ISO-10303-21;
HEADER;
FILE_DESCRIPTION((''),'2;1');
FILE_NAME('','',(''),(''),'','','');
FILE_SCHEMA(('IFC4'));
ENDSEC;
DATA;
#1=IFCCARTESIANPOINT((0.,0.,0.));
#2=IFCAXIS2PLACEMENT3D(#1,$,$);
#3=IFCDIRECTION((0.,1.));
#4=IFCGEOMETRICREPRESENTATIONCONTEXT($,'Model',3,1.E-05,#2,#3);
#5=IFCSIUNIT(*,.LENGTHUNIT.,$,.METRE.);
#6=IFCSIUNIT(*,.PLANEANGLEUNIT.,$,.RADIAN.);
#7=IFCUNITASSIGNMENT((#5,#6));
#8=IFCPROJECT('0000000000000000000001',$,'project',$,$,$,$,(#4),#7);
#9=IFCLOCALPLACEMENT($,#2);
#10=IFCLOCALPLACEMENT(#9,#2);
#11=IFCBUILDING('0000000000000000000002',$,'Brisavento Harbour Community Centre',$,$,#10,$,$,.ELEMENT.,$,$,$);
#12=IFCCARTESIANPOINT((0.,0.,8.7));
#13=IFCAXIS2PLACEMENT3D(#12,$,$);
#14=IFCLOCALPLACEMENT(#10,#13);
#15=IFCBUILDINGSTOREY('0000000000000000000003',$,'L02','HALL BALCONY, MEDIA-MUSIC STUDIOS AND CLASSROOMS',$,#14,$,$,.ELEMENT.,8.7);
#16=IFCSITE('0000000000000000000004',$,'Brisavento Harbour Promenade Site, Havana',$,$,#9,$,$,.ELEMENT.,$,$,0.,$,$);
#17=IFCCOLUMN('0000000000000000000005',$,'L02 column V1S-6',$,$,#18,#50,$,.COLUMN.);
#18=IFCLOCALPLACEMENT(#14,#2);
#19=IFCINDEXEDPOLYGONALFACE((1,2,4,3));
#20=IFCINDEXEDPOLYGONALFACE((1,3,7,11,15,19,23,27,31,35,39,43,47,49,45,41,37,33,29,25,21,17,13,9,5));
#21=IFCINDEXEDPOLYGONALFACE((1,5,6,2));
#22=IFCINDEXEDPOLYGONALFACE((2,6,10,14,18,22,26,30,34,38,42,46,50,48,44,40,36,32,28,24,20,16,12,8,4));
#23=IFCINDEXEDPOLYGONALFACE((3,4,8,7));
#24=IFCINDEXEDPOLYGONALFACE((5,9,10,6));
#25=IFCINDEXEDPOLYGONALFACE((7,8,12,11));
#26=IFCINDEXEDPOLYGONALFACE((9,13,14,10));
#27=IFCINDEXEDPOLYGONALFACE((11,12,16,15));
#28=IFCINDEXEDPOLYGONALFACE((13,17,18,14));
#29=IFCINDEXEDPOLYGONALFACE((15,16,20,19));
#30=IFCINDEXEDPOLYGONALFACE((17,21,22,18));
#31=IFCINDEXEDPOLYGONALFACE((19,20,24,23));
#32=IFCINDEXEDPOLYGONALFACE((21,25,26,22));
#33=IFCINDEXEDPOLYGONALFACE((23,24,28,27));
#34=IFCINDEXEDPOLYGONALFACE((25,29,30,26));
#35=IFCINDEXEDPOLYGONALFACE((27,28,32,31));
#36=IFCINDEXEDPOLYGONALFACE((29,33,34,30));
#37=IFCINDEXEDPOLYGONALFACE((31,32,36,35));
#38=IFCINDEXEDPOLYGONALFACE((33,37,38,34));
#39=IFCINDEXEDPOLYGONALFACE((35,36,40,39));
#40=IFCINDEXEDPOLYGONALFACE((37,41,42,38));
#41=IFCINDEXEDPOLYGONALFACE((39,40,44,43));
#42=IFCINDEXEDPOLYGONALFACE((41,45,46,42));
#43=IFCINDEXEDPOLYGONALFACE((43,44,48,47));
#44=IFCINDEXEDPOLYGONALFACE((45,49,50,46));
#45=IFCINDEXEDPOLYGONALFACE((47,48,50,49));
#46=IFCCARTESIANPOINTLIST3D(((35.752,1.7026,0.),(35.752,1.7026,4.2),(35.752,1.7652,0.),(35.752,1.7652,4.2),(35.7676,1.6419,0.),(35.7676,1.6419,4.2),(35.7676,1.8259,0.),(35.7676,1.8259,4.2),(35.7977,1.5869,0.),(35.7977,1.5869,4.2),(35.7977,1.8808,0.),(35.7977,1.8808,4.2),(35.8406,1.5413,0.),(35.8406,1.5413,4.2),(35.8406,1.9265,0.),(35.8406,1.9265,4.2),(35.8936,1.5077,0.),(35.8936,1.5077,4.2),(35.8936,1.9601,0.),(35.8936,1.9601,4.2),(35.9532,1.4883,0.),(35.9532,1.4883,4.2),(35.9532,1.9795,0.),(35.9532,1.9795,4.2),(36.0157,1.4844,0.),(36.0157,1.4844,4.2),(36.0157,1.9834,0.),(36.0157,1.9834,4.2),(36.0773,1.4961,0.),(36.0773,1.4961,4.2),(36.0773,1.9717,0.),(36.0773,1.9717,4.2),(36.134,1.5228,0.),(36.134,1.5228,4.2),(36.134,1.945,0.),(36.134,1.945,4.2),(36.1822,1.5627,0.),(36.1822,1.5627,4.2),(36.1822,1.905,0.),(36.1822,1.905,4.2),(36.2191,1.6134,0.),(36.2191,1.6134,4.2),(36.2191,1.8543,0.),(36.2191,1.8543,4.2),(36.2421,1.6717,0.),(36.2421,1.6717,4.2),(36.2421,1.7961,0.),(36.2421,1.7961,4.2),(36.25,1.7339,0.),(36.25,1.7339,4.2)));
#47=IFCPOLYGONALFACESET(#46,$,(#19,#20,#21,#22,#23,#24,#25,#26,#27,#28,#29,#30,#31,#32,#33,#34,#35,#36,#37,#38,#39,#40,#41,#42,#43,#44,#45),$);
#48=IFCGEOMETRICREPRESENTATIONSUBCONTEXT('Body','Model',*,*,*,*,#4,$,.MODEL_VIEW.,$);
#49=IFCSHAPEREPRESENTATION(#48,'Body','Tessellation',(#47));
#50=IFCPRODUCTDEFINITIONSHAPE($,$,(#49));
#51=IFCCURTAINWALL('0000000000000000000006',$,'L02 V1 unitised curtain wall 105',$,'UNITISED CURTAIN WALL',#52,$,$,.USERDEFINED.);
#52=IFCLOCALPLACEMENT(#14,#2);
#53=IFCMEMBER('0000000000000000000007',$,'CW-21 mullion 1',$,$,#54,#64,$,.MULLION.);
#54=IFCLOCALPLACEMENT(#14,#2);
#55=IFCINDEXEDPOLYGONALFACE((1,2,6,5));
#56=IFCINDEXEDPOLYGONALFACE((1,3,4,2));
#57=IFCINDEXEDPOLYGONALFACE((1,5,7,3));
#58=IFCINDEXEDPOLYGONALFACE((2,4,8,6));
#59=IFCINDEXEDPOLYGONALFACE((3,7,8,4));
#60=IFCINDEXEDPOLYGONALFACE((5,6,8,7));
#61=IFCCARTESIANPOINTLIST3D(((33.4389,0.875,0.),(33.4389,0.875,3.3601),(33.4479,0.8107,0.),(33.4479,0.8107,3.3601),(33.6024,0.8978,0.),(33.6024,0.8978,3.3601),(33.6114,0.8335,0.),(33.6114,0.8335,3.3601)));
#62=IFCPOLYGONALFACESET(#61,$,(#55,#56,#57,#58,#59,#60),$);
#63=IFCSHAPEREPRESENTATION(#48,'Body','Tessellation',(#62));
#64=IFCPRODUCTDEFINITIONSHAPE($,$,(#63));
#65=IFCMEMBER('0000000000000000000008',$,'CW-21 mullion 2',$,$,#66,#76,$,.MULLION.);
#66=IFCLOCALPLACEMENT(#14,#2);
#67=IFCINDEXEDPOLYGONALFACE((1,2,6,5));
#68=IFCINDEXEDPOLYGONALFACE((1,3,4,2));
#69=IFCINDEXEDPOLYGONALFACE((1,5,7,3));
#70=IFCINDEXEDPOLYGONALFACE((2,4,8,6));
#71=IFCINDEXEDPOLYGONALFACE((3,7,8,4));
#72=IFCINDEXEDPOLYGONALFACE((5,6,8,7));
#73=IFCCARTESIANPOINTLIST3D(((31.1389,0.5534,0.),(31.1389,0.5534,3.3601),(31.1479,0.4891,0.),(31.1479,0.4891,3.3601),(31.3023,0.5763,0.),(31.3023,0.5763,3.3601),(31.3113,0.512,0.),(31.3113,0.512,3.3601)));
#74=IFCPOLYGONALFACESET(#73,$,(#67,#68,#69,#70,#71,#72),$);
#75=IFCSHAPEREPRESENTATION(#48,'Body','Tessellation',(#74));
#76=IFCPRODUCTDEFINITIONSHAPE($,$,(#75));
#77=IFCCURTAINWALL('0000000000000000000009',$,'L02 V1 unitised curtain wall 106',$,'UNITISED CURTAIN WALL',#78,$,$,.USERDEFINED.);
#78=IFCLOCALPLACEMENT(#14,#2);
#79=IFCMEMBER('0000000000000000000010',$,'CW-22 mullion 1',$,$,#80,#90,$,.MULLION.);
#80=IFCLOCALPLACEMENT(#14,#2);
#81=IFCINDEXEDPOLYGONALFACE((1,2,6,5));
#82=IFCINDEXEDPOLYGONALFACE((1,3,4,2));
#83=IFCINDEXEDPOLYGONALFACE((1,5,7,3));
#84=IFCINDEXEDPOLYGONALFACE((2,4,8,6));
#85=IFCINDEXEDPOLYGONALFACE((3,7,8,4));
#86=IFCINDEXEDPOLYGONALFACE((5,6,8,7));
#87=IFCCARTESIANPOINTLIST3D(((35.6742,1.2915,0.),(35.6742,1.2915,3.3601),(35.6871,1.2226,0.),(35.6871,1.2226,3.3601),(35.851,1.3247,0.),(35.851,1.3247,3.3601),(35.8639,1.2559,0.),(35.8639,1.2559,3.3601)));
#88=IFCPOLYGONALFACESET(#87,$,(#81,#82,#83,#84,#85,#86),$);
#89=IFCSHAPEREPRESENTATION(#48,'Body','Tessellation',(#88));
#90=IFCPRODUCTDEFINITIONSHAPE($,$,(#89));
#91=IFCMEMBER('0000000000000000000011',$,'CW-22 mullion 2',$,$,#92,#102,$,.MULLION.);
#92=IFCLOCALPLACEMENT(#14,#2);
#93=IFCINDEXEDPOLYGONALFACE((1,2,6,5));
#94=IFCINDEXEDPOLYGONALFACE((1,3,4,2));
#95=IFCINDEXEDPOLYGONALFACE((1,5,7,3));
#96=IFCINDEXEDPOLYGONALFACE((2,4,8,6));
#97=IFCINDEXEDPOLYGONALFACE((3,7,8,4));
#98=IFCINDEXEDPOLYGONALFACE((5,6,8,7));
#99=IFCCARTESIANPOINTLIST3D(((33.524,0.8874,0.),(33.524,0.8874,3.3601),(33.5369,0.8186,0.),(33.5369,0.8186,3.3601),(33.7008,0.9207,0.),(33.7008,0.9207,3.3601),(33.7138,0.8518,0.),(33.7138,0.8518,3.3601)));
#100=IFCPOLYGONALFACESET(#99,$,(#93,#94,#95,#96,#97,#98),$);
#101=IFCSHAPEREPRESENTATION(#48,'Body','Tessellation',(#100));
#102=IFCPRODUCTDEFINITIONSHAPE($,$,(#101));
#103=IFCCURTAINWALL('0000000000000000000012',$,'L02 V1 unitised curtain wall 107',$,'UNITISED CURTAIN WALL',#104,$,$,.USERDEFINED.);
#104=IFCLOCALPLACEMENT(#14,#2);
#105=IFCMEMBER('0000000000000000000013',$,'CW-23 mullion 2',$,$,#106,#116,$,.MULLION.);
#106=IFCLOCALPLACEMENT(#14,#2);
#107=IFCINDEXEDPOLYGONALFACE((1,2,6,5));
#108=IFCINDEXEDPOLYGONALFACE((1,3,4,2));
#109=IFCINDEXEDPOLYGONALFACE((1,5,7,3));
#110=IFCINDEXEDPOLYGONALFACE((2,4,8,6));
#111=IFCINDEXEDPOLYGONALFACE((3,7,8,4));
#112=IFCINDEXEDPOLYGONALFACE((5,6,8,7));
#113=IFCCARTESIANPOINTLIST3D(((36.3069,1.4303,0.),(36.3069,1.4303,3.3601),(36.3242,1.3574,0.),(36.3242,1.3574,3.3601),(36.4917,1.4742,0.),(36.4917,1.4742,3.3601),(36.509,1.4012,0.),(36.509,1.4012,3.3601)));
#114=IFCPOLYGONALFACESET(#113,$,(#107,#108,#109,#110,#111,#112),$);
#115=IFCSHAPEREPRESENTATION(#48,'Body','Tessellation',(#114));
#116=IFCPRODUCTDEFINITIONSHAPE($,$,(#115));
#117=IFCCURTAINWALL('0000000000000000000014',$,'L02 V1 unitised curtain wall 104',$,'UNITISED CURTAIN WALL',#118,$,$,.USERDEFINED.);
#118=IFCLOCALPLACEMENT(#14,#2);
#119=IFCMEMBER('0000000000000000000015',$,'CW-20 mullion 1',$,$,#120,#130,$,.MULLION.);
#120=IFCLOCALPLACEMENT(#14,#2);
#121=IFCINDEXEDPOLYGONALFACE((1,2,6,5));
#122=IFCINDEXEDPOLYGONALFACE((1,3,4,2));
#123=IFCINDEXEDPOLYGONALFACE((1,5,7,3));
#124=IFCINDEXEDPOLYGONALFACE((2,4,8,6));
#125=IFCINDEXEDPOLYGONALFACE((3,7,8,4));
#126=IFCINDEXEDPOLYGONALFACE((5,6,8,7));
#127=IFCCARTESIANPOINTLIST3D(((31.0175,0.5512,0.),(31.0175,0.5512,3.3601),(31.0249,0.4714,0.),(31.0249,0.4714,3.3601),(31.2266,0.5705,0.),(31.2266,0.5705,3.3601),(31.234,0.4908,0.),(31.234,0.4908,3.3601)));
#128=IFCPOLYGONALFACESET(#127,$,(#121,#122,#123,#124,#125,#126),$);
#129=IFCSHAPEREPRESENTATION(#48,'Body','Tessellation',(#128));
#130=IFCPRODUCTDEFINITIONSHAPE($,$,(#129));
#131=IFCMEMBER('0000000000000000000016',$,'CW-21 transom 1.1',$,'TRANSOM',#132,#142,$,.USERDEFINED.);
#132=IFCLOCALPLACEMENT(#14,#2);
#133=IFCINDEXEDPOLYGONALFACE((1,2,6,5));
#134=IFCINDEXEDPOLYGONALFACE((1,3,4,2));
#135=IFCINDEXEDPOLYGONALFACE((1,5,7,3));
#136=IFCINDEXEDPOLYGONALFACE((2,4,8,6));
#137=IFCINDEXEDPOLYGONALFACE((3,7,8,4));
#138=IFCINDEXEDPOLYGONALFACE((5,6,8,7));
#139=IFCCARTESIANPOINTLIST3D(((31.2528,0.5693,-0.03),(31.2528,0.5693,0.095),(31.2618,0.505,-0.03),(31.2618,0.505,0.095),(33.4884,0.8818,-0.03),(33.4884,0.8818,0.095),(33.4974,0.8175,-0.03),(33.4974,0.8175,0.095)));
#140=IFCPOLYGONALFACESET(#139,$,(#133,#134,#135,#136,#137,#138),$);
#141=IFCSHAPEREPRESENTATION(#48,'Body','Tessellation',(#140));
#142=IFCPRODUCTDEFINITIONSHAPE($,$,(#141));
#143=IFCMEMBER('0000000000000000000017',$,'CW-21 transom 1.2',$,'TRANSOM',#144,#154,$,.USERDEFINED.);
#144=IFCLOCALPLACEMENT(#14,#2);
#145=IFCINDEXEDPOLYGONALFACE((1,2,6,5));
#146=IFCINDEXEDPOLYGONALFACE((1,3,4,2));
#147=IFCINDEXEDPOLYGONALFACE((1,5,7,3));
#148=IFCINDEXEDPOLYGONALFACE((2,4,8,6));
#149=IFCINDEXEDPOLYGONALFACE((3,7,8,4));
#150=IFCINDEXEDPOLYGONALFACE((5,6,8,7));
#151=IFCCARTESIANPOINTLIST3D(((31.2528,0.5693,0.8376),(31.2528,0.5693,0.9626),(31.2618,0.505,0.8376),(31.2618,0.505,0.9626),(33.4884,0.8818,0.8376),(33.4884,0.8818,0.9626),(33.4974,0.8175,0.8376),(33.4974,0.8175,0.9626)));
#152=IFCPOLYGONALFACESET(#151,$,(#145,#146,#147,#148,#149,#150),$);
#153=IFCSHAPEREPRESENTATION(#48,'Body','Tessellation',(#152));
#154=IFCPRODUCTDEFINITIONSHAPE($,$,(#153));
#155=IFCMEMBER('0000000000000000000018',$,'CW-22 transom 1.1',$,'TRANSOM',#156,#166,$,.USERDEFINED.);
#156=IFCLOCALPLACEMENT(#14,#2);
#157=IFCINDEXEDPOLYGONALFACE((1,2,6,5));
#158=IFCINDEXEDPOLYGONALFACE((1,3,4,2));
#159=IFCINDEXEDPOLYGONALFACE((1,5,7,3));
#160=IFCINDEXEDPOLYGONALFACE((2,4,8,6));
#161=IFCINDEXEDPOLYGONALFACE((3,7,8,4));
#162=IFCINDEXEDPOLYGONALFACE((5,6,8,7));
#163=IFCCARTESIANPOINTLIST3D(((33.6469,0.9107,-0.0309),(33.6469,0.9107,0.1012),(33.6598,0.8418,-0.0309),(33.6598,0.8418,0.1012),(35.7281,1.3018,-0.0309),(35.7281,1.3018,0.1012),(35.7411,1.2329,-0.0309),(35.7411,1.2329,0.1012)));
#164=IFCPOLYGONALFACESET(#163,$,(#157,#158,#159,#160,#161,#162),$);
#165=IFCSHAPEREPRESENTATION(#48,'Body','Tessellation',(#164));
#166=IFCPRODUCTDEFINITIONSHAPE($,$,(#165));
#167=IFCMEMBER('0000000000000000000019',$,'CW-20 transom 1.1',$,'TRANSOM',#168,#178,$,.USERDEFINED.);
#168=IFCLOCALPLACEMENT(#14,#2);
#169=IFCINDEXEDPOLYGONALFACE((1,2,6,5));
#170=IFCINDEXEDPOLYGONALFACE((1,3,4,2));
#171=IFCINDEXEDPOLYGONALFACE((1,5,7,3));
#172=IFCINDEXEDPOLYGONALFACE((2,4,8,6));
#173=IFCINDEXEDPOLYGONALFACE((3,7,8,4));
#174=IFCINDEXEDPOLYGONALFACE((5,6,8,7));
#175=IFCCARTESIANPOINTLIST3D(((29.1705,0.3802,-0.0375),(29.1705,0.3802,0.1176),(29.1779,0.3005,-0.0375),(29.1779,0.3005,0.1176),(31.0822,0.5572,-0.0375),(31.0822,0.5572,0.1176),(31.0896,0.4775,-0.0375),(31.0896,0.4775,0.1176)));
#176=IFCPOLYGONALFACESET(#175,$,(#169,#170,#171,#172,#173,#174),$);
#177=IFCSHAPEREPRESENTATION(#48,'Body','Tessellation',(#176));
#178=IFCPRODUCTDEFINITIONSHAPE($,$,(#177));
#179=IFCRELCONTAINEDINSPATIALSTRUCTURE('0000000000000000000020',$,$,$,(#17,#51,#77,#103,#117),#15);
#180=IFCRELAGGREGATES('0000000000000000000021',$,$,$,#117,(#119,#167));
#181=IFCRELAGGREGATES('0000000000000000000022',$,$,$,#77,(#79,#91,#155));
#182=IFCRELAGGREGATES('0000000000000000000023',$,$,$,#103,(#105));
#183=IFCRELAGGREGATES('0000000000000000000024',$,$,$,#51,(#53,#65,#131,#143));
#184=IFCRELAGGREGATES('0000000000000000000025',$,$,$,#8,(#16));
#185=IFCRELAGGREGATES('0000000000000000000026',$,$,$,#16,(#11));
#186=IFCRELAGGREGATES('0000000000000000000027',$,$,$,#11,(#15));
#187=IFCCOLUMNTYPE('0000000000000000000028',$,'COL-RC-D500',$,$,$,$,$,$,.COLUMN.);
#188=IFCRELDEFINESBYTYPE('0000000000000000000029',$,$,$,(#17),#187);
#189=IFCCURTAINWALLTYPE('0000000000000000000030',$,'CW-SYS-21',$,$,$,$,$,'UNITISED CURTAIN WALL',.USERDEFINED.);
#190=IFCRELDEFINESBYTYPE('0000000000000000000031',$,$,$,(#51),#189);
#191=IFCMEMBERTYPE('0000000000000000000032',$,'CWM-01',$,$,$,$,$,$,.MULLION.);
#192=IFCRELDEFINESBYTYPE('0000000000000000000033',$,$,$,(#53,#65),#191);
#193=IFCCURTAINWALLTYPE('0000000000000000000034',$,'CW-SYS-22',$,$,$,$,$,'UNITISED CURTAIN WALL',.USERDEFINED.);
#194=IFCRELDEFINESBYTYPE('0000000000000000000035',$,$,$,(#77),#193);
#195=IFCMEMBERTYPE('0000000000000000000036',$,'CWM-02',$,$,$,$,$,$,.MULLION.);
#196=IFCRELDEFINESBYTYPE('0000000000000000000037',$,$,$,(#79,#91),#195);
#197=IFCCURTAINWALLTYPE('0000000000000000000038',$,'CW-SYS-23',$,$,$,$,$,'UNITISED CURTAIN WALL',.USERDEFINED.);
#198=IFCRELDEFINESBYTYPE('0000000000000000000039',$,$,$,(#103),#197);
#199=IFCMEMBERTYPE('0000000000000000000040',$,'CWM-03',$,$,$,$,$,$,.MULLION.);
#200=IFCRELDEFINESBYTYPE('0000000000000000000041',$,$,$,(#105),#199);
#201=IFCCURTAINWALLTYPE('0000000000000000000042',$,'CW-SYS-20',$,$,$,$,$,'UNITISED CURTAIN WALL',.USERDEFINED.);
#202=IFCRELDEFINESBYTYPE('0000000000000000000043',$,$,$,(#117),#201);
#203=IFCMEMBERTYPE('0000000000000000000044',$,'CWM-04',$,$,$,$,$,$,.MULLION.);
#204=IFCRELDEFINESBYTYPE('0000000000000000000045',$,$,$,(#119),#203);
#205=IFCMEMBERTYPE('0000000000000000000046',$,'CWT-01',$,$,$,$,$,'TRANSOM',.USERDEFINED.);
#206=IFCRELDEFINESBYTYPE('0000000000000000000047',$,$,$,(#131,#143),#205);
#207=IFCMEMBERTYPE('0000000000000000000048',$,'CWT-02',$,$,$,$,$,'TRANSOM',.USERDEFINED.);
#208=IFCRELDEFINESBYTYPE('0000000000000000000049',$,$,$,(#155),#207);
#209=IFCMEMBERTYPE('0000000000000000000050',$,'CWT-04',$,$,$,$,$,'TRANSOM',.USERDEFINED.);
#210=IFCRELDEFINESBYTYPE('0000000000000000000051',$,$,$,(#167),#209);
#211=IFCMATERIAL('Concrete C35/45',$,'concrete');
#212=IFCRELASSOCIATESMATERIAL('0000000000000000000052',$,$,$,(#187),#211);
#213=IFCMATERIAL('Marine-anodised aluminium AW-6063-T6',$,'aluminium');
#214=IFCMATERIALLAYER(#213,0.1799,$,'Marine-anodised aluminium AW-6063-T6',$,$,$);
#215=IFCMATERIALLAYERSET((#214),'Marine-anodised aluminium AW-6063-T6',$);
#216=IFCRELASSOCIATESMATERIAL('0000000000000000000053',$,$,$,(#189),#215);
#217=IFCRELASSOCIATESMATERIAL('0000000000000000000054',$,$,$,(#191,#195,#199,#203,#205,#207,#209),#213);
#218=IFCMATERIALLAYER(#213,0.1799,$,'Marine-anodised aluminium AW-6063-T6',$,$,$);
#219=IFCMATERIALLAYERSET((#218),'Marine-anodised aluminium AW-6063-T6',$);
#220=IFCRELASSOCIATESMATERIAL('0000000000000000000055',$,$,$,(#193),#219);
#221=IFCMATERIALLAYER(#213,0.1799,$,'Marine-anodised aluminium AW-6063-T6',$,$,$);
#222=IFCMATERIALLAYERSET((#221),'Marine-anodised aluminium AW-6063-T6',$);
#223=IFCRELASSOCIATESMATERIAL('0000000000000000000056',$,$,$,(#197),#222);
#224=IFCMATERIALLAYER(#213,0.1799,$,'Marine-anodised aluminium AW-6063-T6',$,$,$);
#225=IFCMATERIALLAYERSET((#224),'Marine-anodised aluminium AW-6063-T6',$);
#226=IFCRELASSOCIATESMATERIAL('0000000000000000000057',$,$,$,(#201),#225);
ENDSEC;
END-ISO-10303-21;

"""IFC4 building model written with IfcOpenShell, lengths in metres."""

from ifc_helpers import new_model, si_unit, direction, frame, origin, origin_2d, place, context, subcontext, project, spatial, rectangle, circle, extrude, material, layer, layer_set, material_profile, profile_set, type_object, element, aggregate, save


model = new_model("IFC4")

# Units and contexts
model_context = context("Model", 3, precision=1e-05, world=origin(), true_north=direction((0.0, 1.0)))
body_context = subcontext(model_context, "Body", "Model", "MODEL_VIEW")
ifc_project = project(units=[si_unit("LENGTHUNIT", "METRE"), si_unit("PLANEANGLEUNIT", "RADIAN")], contexts=[model_context])

# Site, building, storey
site_placement = place(None, origin())
site = spatial("IfcSite", under=ifc_project, at=site_placement, Name="Brisavento Harbour Promenade Site, Havana", CompositionType="ELEMENT", RefElevation=0.0)
building_placement = place(site_placement, origin())
building = spatial("IfcBuilding", under=site, at=building_placement, Name="Brisavento Harbour Community Centre", CompositionType="ELEMENT")
storey_placement = place(building_placement, frame((0.0, 0.0, 8.7)))
storey = spatial("IfcBuildingStorey", under=building, at=storey_placement, Name="L02", Description="HALL BALCONY, MEDIA-MUSIC STUDIOS AND CLASSROOMS", CompositionType="ELEMENT", Elevation=8.7)

# Column
ifc_material_1 = material(Name="Concrete C35/45", Category="concrete")
ifc_material_profile_1 = material_profile(ifc_material_1, circle(Radius=0.25, at=origin_2d()), Name="Concrete C35/45")
ifc_profile_set_1 = profile_set([ifc_material_profile_1], Name="Concrete C35/45")
column_type = type_object("IfcColumnType", Name="COL-RC-D500", PredefinedType="COLUMN", material=ifc_profile_set_1)
column_placement = place(storey_placement, frame((36.0, 1.7339, 0.0), z_axis=(0.0, 0.0, 1.0), x_axis=(1.0, 0.0, 0.0)))
element("IfcColumn", 1, at=column_placement, inside=storey, type_object=column_type, Name="L02 column V1S-6", PredefinedType="COLUMN", context=body_context, shape_type="SweptSolid", body=[
    extrude(circle(Radius=0.25, at=origin_2d()), origin(), (0.0, 0.0, 1.0), 4.2),
])

# Curtain walls, members
ifc_material_2 = material(Name="Marine-anodised aluminium AW-6063-T6", Category="aluminium")
ifc_layer_1 = layer(ifc_material_2, 0.1799, Name="Marine-anodised aluminium AW-6063-T6")
ifc_layer_set_1 = layer_set([ifc_layer_1], Name="Marine-anodised aluminium AW-6063-T6")
curtain_wall_type_1 = type_object("IfcCurtainWallType", Name="CW-SYS-21", ElementType="UNITISED CURTAIN WALL", PredefinedType="USERDEFINED", material=ifc_layer_set_1)
curtain_wall_1_placement = place(storey_placement, origin())
curtain_wall_1 = element("IfcCurtainWall", 2, at=curtain_wall_1_placement, inside=storey, type_object=curtain_wall_type_1, Name="L02 V1 unitised curtain wall 105", ObjectType="UNITISED CURTAIN WALL", PredefinedType="USERDEFINED")
ifc_material_profile_2 = material_profile(ifc_material_2, rectangle(XDim=0.0649, YDim=0.165, at=origin_2d()), Name="Marine-anodised aluminium AW-6063-T6")
ifc_profile_set_2 = profile_set([ifc_material_profile_2], Name="Marine-anodised aluminium AW-6063-T6")
member_type_1 = type_object("IfcMemberType", Name="CWM-01", PredefinedType="MULLION", material=ifc_profile_set_2)
member_1_placement = place(storey_placement, frame((33.5251, 0.8542, 0.0), z_axis=(0.0, 0.0, 1.0), x_axis=(0.138477, -0.990366, 0.0)))
member_1 = element("IfcMember", 3, at=member_1_placement, type_object=member_type_1, Name="CW-21 mullion 1", PredefinedType="MULLION", context=body_context, shape_type="SweptSolid", body=[
    extrude(rectangle(XDim=0.0649, YDim=0.165, at=origin_2d()), origin(), (0.0, 0.0, 1.0), 3.3601),
])
member_2_placement = place(storey_placement, frame((31.2251, 0.5327, 0.0), z_axis=(0.0, 0.0, 1.0), x_axis=(0.138477, -0.990366, 0.0)))
member_2 = element("IfcMember", 4, at=member_2_placement, type_object=member_type_1, Name="CW-21 mullion 2", PredefinedType="MULLION", context=body_context, shape_type="SweptSolid", body=[
    extrude(rectangle(XDim=0.0649, YDim=0.165, at=origin_2d()), origin(), (0.0, 0.0, 1.0), 3.3601),
])
ifc_layer_2 = layer(ifc_material_2, 0.1799, Name="Marine-anodised aluminium AW-6063-T6")
ifc_layer_set_2 = layer_set([ifc_layer_2], Name="Marine-anodised aluminium AW-6063-T6")
curtain_wall_type_2 = type_object("IfcCurtainWallType", Name="CW-SYS-22", ElementType="UNITISED CURTAIN WALL", PredefinedType="USERDEFINED", material=ifc_layer_set_2)
curtain_wall_2_placement = place(storey_placement, origin())
curtain_wall_2 = element("IfcCurtainWall", 5, at=curtain_wall_2_placement, inside=storey, type_object=curtain_wall_type_2, Name="L02 V1 unitised curtain wall 106", ObjectType="UNITISED CURTAIN WALL", PredefinedType="USERDEFINED")
ifc_material_profile_3 = material_profile(ifc_material_2, rectangle(XDim=0.0701, YDim=0.1799, at=origin_2d()), Name="Marine-anodised aluminium AW-6063-T6")
ifc_profile_set_3 = profile_set([ifc_material_profile_3], Name="Marine-anodised aluminium AW-6063-T6")
member_type_2 = type_object("IfcMemberType", Name="CWM-02", PredefinedType="MULLION", material=ifc_profile_set_3)
member_3_placement = place(storey_placement, frame((35.769, 1.2737, 0.0), z_axis=(0.0, 0.0, 1.0), x_axis=(0.18469, -0.982797, 0.0)))
member_3 = element("IfcMember", 6, at=member_3_placement, type_object=member_type_2, Name="CW-22 mullion 1", PredefinedType="MULLION", context=body_context, shape_type="SweptSolid", body=[
    extrude(rectangle(XDim=0.0701, YDim=0.1799, at=origin_2d()), origin(), (0.0, 0.0, 1.0), 3.3601),
])
member_4_placement = place(storey_placement, frame((33.6189, 0.8696, 0.0), z_axis=(0.0, 0.0, 1.0), x_axis=(0.18469, -0.982797, 0.0)))
member_4 = element("IfcMember", 7, at=member_4_placement, type_object=member_type_2, Name="CW-22 mullion 2", PredefinedType="MULLION", context=body_context, shape_type="SweptSolid", body=[
    extrude(rectangle(XDim=0.0701, YDim=0.1799, at=origin_2d()), origin(), (0.0, 0.0, 1.0), 3.3601),
])

# Curtain walls, members
ifc_layer_3 = layer(ifc_material_2, 0.1799, Name="Marine-anodised aluminium AW-6063-T6")
ifc_layer_set_3 = layer_set([ifc_layer_3], Name="Marine-anodised aluminium AW-6063-T6")
curtain_wall_type_3 = type_object("IfcCurtainWallType", Name="CW-SYS-23", ElementType="UNITISED CURTAIN WALL", PredefinedType="USERDEFINED", material=ifc_layer_set_3)
curtain_wall_3_placement = place(storey_placement, origin())
curtain_wall_3 = element("IfcCurtainWall", 8, at=curtain_wall_3_placement, inside=storey, type_object=curtain_wall_type_3, Name="L02 V1 unitised curtain wall 107", ObjectType="UNITISED CURTAIN WALL", PredefinedType="USERDEFINED")
ifc_material_profile_4 = material_profile(ifc_material_2, rectangle(XDim=0.075, YDim=0.1899, at=origin_2d()), Name="Marine-anodised aluminium AW-6063-T6")
ifc_profile_set_4 = profile_set([ifc_material_profile_4], Name="Marine-anodised aluminium AW-6063-T6")
member_type_3 = type_object("IfcMemberType", Name="CWM-03", PredefinedType="MULLION", material=ifc_profile_set_4)
member_5_placement = place(storey_placement, frame((36.408, 1.4158, 0.0), z_axis=(0.0, 0.0, 1.0), x_axis=(0.230812, -0.972998, 0.0)))
member_5 = element("IfcMember", 9, at=member_5_placement, type_object=member_type_3, Name="CW-23 mullion 2", PredefinedType="MULLION", context=body_context, shape_type="SweptSolid", body=[
    extrude(rectangle(XDim=0.075, YDim=0.1899, at=origin_2d()), origin(), (0.0, 0.0, 1.0), 3.3601),
])
ifc_layer_4 = layer(ifc_material_2, 0.1799, Name="Marine-anodised aluminium AW-6063-T6")
ifc_layer_set_4 = layer_set([ifc_layer_4], Name="Marine-anodised aluminium AW-6063-T6")
curtain_wall_type_4 = type_object("IfcCurtainWallType", Name="CW-SYS-20", ElementType="UNITISED CURTAIN WALL", PredefinedType="USERDEFINED", material=ifc_layer_set_4)
curtain_wall_4_placement = place(storey_placement, origin())
curtain_wall_4 = element("IfcCurtainWall", 10, at=curtain_wall_4_placement, inside=storey, type_object=curtain_wall_type_4, Name="L02 V1 unitised curtain wall 104", ObjectType="UNITISED CURTAIN WALL", PredefinedType="USERDEFINED")
ifc_material_profile_5 = material_profile(ifc_material_2, rectangle(XDim=0.0801, YDim=0.21, at=origin_2d()), Name="Marine-anodised aluminium AW-6063-T6")
ifc_profile_set_5 = profile_set([ifc_material_profile_5], Name="Marine-anodised aluminium AW-6063-T6")
member_type_4 = type_object("IfcMemberType", Name="CWM-04", PredefinedType="MULLION", material=ifc_profile_set_5)
member_6_placement = place(storey_placement, frame((31.1257, 0.521, 0.0), z_axis=(0.0, 0.0, 1.0), x_axis=(0.092261, -0.995735, 0.0)))
member_6 = element("IfcMember", 11, at=member_6_placement, type_object=member_type_4, Name="CW-20 mullion 1", PredefinedType="MULLION", context=body_context, shape_type="SweptSolid", body=[
    extrude(rectangle(XDim=0.0801, YDim=0.21, at=origin_2d()), origin(), (0.0, 0.0, 1.0), 3.3601),
])

# Members
ifc_material_profile_6 = material_profile(ifc_material_2, rectangle(XDim=0.0649, YDim=0.125, at=origin_2d()), Name="Marine-anodised aluminium AW-6063-T6")
ifc_profile_set_6 = profile_set([ifc_material_profile_6], Name="Marine-anodised aluminium AW-6063-T6")
member_type_5 = type_object("IfcMemberType", Name="CWT-01", ElementType="TRANSOM", PredefinedType="USERDEFINED", material=ifc_profile_set_6)
member_7_placement = place(storey_placement, frame((33.4929, 0.8496, 0.0325), z_axis=(-0.990371, -0.138438, 0.0), x_axis=(0.138438, -0.990371, 0.0)))
member_7 = element("IfcMember", 12, at=member_7_placement, type_object=member_type_5, Name="CW-21 transom 1.1", ObjectType="TRANSOM", PredefinedType="USERDEFINED", context=body_context, shape_type="SweptSolid", body=[
    extrude(rectangle(XDim=0.0649, YDim=0.125, at=origin_2d()), origin(), (0.0, 0.0, 1.0), 2.2573),
])
member_8_placement = place(storey_placement, frame((33.4929, 0.8496, 0.9001), z_axis=(-0.990371, -0.138438, 0.0), x_axis=(0.138438, -0.990371, 0.0)))
member_8 = element("IfcMember", 13, at=member_8_placement, type_object=member_type_5, Name="CW-21 transom 1.2", ObjectType="TRANSOM", PredefinedType="USERDEFINED", context=body_context, shape_type="SweptSolid", body=[
    extrude(rectangle(XDim=0.0649, YDim=0.125, at=origin_2d()), origin(), (0.0, 0.0, 1.0), 2.2573),
])
ifc_material_profile_7 = material_profile(ifc_material_2, rectangle(XDim=0.0701, YDim=0.1321, at=origin_2d()), Name="Marine-anodised aluminium AW-6063-T6")
ifc_profile_set_7 = profile_set([ifc_material_profile_7], Name="Marine-anodised aluminium AW-6063-T6")
member_type_6 = type_object("IfcMemberType", Name="CWT-02", ElementType="TRANSOM", PredefinedType="USERDEFINED", material=ifc_profile_set_7)
member_9_placement = place(storey_placement, frame((35.7346, 1.2673, 0.0352), z_axis=(-0.982798, -0.184685, 0.0), x_axis=(0.184685, -0.982798, 0.0)))
member_9 = element("IfcMember", 14, at=member_9_placement, type_object=member_type_6, Name="CW-22 transom 1.1", ObjectType="TRANSOM", PredefinedType="USERDEFINED", context=body_context, shape_type="SweptSolid", body=[
    extrude(rectangle(XDim=0.0701, YDim=0.1321, at=origin_2d()), origin(), (0.0, 0.0, 1.0), 2.1177),
])
ifc_material_profile_8 = material_profile(ifc_material_2, rectangle(XDim=0.0801, YDim=0.155, at=origin_2d()), Name="Marine-anodised aluminium AW-6063-T6")
ifc_profile_set_8 = profile_set([ifc_material_profile_8], Name="Marine-anodised aluminium AW-6063-T6")
member_type_7 = type_object("IfcMemberType", Name="CWT-04", ElementType="TRANSOM", PredefinedType="USERDEFINED", material=ifc_profile_set_8)
member_10_placement = place(storey_placement, frame((31.0859, 0.5173, 0.04), z_axis=(-0.995742, -0.092187, 0.0), x_axis=(0.092187, -0.995742, 0.0)))
member_10 = element("IfcMember", 15, at=member_10_placement, type_object=member_type_7, Name="CW-20 transom 1.1", ObjectType="TRANSOM", PredefinedType="USERDEFINED", context=body_context, shape_type="SweptSolid", body=[
    extrude(rectangle(XDim=0.0801, YDim=0.155, at=origin_2d()), origin(), (0.0, 0.0, 1.0), 1.9199),
])
aggregate(curtain_wall_4, [member_6, member_10])

aggregate(curtain_wall_2, [member_3, member_4, member_9])
aggregate(curtain_wall_3, [member_5])
aggregate(curtain_wall_1, [member_1, member_2, member_7, member_8])

save(model, "model.ifc")
